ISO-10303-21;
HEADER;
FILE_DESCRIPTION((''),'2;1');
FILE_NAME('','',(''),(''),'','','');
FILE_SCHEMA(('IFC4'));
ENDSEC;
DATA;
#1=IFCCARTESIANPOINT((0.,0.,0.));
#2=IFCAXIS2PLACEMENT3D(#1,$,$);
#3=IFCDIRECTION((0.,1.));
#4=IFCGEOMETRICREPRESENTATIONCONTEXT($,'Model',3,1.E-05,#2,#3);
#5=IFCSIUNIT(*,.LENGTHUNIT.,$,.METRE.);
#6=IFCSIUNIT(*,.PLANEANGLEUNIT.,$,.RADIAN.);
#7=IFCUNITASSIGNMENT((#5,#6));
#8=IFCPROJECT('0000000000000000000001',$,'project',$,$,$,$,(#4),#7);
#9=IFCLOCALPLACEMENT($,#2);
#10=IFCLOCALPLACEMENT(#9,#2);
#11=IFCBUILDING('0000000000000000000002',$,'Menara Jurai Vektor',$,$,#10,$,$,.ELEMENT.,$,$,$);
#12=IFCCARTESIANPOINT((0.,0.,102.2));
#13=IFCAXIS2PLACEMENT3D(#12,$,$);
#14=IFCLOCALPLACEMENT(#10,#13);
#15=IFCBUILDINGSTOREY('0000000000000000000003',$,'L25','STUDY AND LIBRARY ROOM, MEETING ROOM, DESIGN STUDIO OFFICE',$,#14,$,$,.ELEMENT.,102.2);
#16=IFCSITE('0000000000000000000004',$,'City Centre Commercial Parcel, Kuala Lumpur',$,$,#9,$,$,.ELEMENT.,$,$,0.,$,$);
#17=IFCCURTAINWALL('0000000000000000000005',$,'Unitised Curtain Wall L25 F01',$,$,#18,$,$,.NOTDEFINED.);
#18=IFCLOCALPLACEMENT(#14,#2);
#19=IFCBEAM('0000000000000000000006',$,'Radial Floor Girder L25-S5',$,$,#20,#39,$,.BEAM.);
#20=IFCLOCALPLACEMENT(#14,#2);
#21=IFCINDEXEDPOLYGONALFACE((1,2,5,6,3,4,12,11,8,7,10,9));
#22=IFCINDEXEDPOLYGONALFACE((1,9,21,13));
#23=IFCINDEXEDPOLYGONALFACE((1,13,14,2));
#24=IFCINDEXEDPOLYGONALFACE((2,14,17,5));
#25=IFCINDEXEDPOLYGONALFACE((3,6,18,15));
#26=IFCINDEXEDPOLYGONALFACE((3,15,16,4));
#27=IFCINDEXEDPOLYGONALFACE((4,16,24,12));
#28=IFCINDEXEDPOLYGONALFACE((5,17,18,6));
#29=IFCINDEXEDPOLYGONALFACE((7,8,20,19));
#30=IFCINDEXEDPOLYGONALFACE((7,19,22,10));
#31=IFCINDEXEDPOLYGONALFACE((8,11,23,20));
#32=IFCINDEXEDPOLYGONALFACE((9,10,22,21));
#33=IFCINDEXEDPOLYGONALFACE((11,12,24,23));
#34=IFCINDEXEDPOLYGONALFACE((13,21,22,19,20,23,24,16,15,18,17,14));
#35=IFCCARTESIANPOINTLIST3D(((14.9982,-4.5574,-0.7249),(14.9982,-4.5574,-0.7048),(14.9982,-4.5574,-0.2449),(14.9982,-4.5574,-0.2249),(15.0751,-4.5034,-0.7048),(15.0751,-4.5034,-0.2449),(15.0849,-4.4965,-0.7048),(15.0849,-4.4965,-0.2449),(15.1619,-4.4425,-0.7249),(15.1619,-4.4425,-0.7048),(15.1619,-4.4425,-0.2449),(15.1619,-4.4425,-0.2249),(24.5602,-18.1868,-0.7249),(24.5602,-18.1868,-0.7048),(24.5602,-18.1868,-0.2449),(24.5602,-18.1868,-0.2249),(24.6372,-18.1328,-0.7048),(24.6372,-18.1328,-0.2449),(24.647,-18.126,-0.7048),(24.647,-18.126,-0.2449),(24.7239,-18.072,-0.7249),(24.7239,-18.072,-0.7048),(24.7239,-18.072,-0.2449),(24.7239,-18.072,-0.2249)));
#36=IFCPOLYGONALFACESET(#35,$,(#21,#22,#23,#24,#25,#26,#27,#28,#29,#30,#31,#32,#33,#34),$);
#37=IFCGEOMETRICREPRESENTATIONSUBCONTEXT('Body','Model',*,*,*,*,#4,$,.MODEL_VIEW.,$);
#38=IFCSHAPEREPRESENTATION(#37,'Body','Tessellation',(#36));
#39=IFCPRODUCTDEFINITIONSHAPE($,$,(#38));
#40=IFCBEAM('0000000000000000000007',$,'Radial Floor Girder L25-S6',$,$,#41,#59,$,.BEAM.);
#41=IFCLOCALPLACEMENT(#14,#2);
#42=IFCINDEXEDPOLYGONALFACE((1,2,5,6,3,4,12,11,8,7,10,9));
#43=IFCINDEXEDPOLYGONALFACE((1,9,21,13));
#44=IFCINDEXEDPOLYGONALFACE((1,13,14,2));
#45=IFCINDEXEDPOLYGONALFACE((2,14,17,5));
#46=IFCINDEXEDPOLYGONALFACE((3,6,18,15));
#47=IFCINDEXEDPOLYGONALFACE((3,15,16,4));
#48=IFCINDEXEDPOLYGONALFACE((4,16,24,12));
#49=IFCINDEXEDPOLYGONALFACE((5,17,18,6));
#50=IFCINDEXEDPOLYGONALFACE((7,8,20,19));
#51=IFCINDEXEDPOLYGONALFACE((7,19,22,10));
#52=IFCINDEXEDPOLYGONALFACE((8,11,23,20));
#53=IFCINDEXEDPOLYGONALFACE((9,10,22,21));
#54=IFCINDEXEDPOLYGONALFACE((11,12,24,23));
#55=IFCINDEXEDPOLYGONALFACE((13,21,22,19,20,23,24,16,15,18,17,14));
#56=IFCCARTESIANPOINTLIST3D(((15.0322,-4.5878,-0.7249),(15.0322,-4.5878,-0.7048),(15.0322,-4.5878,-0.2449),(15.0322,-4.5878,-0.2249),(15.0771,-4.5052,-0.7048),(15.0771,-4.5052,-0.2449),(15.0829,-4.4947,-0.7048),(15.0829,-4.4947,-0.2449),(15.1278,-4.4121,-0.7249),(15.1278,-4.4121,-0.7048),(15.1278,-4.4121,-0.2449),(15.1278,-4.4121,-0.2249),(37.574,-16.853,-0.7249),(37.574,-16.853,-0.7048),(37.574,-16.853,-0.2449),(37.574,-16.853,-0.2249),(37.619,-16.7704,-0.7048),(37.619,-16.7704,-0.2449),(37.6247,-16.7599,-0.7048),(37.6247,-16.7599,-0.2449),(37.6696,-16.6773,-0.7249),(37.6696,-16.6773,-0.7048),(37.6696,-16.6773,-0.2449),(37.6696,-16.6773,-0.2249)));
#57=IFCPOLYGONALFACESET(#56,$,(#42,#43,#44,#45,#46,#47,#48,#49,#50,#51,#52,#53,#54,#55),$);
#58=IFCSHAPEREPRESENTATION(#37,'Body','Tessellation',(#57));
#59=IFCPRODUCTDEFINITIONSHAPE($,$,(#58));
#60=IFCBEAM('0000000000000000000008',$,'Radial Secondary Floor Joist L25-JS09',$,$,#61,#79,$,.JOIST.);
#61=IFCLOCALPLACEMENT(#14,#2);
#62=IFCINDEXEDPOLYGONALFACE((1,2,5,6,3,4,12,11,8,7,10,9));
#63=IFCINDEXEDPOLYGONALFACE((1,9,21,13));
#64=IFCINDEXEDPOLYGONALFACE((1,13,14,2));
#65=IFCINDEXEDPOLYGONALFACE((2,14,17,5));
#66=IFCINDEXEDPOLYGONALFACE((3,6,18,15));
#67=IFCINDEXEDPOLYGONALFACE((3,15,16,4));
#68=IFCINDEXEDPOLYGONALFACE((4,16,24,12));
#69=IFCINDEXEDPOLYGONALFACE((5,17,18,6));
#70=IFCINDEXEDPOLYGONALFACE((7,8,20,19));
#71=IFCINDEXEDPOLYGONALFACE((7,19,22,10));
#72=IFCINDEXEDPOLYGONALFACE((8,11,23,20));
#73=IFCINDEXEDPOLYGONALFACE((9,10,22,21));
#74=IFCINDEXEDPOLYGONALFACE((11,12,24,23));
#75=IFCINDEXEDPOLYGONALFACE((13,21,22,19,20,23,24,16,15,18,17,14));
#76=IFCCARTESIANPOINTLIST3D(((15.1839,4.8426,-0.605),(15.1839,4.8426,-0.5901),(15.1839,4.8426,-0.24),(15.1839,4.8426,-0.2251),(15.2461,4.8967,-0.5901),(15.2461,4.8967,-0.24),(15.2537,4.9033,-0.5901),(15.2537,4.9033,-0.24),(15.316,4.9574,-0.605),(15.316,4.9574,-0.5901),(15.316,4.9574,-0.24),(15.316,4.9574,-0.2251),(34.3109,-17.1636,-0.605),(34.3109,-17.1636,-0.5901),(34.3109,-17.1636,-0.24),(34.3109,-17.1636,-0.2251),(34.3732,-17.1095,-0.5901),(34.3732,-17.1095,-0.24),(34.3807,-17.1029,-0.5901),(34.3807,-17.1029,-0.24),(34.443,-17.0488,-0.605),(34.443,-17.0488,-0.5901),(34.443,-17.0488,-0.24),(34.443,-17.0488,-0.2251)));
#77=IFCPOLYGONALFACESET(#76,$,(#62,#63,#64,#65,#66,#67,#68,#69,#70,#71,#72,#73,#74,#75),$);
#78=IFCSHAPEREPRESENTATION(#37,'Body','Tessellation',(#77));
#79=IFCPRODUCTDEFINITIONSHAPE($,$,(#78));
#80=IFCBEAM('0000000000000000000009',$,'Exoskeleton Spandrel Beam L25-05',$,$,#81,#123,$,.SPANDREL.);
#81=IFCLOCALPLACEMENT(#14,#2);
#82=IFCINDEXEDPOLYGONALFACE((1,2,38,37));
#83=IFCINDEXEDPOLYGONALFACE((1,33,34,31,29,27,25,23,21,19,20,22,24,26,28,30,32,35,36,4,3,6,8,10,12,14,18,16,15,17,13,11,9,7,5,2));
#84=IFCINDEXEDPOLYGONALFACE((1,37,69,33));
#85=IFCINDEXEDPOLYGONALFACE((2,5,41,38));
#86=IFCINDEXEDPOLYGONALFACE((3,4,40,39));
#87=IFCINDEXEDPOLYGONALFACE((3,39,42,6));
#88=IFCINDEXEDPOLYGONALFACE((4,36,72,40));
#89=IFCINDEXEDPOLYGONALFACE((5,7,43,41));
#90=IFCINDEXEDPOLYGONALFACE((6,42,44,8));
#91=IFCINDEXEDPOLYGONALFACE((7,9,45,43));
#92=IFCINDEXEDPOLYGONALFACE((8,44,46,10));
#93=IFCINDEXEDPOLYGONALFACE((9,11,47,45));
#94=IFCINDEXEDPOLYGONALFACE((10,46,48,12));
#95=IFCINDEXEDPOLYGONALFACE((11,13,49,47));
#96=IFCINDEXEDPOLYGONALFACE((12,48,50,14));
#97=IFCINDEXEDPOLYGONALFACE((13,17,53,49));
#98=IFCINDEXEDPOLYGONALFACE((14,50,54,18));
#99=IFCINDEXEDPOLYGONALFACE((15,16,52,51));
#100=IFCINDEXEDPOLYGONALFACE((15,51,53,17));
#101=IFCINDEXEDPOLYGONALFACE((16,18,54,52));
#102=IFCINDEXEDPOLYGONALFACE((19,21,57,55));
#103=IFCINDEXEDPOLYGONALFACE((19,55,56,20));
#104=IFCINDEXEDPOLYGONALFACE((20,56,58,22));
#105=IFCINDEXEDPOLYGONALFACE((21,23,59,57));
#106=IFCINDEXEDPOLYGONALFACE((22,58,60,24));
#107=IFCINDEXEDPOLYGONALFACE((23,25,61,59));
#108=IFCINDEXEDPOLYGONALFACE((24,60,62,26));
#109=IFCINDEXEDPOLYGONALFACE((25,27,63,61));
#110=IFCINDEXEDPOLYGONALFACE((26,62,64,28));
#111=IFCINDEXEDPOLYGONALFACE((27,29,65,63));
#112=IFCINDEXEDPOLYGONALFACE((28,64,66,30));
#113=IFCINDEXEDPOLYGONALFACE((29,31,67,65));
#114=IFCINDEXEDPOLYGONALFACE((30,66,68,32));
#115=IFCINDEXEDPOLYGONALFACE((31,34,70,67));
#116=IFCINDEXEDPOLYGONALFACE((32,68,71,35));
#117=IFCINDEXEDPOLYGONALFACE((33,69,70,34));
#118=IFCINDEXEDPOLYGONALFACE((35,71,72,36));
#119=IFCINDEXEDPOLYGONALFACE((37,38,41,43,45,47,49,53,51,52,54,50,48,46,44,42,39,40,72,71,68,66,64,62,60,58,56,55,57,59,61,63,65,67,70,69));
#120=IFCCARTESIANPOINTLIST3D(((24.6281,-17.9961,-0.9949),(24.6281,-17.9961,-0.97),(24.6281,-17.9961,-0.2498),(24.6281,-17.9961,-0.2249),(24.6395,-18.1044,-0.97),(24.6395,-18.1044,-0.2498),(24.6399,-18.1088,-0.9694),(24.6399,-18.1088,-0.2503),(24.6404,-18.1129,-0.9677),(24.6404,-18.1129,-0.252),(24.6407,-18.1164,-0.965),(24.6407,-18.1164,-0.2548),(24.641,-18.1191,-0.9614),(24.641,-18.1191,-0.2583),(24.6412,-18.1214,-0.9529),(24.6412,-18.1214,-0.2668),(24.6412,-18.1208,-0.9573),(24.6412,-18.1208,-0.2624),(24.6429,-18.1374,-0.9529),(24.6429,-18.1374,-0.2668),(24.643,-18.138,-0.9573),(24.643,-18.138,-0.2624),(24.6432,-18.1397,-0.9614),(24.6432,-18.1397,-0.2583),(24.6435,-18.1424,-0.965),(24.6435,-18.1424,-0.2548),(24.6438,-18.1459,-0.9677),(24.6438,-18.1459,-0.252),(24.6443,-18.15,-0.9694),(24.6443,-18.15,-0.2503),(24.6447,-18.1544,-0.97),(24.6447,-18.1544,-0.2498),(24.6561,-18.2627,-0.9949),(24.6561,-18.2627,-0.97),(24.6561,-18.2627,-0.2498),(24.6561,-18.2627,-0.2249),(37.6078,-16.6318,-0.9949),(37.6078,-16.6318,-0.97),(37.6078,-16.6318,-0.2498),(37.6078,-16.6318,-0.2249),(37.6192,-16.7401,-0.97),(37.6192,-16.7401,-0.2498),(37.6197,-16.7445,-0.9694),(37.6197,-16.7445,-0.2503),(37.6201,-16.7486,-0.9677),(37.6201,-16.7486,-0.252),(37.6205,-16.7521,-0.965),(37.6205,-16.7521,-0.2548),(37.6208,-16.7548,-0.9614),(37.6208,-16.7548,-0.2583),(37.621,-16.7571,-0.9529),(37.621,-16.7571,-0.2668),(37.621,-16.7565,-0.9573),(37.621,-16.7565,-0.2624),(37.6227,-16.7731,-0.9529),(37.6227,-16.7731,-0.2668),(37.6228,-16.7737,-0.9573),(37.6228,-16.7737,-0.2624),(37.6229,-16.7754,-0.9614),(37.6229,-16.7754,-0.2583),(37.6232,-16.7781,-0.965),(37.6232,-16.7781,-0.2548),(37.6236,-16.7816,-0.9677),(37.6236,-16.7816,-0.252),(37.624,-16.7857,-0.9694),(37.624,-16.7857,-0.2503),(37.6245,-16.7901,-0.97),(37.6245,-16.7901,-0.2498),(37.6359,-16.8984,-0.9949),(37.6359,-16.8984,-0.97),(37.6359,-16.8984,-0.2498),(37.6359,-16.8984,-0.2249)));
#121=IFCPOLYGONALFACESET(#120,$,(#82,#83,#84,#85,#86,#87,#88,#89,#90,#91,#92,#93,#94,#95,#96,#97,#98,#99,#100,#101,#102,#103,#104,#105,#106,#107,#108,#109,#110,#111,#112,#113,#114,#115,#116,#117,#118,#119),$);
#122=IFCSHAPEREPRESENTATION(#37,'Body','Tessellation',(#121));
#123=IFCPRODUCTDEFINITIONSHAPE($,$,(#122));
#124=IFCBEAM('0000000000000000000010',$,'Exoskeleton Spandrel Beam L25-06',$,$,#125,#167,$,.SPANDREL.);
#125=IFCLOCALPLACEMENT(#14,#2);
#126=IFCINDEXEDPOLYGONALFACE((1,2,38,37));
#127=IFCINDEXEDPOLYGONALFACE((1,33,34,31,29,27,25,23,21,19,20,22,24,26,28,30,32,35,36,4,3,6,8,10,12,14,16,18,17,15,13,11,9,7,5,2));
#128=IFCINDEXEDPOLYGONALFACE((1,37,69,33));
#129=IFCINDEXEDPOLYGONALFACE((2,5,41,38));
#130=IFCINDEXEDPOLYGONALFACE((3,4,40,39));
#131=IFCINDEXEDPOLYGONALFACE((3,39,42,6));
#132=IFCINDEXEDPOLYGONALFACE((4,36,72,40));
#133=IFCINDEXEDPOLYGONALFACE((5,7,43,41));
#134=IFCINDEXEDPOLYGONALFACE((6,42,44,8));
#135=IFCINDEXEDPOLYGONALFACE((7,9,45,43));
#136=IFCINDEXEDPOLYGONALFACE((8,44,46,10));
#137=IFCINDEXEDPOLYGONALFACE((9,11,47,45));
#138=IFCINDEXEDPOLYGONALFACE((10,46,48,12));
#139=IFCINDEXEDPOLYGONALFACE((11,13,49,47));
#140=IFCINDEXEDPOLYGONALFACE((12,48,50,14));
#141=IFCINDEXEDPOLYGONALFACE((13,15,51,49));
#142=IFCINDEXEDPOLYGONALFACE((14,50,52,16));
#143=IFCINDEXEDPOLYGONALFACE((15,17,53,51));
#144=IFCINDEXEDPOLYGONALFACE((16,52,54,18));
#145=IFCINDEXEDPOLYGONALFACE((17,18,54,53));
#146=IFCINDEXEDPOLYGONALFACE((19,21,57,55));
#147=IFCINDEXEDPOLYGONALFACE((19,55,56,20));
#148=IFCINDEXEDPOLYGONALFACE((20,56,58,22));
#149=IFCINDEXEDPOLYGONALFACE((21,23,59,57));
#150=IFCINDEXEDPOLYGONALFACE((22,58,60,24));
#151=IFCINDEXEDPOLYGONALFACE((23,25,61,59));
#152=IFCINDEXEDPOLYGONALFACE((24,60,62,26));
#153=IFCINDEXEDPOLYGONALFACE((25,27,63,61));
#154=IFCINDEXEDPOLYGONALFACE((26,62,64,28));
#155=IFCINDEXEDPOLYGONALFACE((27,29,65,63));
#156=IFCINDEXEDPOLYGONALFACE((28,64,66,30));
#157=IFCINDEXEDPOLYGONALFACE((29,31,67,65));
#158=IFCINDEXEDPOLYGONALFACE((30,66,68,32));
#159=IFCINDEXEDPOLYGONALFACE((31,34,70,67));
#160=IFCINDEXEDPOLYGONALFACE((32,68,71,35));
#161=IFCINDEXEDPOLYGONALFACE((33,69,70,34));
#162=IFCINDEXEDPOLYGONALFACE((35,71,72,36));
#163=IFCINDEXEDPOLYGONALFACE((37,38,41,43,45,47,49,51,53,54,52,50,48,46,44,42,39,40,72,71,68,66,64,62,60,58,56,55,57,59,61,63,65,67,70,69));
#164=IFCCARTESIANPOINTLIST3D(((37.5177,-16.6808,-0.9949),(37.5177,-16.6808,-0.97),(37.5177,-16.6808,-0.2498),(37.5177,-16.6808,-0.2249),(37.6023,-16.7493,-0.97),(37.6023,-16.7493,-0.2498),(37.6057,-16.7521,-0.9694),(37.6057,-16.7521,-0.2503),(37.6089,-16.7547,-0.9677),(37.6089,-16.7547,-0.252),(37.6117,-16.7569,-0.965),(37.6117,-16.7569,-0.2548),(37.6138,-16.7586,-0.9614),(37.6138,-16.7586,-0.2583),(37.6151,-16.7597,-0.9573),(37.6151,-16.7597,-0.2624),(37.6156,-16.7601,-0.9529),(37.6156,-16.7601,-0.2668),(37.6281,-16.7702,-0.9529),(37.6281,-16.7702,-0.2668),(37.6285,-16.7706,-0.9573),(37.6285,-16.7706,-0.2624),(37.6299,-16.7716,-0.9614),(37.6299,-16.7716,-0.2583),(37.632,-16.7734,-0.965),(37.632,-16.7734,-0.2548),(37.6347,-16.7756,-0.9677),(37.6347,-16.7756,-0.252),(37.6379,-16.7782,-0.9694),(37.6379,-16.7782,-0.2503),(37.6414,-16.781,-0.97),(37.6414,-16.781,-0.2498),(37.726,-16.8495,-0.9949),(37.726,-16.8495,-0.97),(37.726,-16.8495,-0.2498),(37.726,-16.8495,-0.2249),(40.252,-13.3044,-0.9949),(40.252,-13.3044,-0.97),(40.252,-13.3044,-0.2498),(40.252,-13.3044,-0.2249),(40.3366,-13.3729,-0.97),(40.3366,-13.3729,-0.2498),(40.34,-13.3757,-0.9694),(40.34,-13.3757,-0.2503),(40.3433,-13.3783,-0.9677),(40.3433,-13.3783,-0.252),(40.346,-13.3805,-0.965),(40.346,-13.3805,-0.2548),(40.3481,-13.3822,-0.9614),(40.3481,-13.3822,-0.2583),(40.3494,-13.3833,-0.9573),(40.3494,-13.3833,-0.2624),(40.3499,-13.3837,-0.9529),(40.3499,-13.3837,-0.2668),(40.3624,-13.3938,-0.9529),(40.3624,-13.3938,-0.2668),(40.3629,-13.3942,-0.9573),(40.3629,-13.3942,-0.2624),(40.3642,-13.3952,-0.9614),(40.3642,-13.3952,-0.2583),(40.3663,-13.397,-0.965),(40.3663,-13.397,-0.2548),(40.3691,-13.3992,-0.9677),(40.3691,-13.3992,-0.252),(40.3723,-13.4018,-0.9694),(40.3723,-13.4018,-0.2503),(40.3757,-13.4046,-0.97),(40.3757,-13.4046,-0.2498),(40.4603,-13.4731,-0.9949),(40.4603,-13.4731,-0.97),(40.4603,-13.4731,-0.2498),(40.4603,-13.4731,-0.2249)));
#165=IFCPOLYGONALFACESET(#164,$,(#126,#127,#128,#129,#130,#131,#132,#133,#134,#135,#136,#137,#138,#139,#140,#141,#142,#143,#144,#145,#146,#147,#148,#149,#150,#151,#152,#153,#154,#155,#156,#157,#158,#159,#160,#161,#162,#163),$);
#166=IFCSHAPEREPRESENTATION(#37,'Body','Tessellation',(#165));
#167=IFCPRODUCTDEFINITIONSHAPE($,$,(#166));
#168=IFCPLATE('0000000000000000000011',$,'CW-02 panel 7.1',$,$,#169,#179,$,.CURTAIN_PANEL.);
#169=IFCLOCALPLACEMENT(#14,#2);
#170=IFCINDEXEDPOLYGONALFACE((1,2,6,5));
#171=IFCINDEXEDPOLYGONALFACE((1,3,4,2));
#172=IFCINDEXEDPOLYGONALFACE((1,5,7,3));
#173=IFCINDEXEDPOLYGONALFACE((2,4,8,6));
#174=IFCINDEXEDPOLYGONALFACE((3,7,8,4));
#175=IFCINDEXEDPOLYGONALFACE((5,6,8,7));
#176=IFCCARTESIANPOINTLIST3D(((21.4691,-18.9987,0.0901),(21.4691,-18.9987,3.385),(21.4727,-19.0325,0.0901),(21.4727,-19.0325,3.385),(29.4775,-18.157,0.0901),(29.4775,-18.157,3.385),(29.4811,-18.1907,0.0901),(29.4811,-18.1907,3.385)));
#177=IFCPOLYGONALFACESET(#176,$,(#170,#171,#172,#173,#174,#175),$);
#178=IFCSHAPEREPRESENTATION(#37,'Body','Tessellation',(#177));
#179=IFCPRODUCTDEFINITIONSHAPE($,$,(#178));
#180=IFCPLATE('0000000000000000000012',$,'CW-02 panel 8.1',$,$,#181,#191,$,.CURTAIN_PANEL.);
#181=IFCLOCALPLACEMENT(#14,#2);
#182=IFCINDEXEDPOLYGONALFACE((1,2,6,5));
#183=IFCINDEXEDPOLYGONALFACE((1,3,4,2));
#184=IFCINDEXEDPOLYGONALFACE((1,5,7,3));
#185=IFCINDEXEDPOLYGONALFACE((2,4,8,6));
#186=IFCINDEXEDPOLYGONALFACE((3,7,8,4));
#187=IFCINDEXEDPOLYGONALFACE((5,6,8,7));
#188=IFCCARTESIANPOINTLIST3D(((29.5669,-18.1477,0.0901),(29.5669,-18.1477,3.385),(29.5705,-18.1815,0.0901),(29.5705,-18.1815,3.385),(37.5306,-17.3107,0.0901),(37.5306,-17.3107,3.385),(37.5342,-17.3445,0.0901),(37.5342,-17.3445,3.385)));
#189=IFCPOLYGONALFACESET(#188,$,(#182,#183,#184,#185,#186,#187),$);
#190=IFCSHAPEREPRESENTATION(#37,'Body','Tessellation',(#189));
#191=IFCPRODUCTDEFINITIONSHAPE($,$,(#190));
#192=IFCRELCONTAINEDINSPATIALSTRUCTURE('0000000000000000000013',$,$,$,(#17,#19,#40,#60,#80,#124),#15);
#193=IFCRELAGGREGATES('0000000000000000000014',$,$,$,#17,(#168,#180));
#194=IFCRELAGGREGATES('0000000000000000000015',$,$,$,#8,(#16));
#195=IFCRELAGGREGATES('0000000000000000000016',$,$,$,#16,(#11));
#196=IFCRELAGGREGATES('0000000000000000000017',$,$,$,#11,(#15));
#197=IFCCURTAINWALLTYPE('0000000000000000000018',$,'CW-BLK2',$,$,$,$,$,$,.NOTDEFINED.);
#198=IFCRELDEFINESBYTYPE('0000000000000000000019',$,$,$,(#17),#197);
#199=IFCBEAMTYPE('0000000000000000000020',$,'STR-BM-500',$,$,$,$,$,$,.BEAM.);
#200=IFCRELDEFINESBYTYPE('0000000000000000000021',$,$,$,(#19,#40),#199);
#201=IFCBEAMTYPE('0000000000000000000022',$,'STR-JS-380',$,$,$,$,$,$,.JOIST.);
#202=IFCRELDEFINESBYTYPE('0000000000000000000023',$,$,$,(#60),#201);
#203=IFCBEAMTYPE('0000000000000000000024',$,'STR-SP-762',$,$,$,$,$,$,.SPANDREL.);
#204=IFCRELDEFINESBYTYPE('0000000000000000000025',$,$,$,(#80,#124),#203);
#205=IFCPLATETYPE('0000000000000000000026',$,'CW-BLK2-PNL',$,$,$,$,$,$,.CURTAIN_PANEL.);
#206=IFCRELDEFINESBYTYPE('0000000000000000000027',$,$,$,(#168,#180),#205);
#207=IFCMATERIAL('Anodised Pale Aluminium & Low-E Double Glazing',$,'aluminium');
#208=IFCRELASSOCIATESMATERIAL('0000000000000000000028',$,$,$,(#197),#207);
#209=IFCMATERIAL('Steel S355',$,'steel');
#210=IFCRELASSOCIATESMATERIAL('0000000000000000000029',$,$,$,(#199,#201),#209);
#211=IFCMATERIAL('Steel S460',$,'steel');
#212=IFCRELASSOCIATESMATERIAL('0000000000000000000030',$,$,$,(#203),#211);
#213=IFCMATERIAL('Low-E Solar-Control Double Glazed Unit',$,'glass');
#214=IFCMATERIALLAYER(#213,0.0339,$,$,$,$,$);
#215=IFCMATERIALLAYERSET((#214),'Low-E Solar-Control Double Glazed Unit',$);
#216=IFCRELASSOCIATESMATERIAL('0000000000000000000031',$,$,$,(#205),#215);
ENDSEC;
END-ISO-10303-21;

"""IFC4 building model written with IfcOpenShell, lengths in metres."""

from ifc_helpers import new_model, si_unit, direction, frame, origin, origin_2d, place, context, subcontext, project, spatial, rectangle, i_section, extrude, material, layer, layer_set, material_profile, profile_set, type_object, element, aggregate, save


model = new_model("IFC4")

# Units and contexts
model_context = context("Model", 3, precision=1e-05, world=origin(), true_north=direction((0.0, 1.0)))
body_context = subcontext(model_context, "Body", "Model", "MODEL_VIEW")
ifc_project = project(units=[si_unit("LENGTHUNIT", "METRE"), si_unit("PLANEANGLEUNIT", "RADIAN")], contexts=[model_context])

# Site, building, storey
site_placement = place(None, origin())
site = spatial("IfcSite", under=ifc_project, at=site_placement, Name="City Centre Commercial Parcel, Kuala Lumpur", CompositionType="ELEMENT", RefElevation=0.0)
building_placement = place(site_placement, origin())
building = spatial("IfcBuilding", under=site, at=building_placement, Name="Menara Jurai Vektor", CompositionType="ELEMENT")
storey_placement = place(building_placement, frame((0.0, 0.0, 102.2)))
storey = spatial("IfcBuildingStorey", under=building, at=storey_placement, Name="L25", Description="STUDY AND LIBRARY ROOM, MEETING ROOM, DESIGN STUDIO OFFICE", CompositionType="ELEMENT", Elevation=102.2)

# Shared definitions
ifc_material_1 = material(Name="Steel S460", Category="steel")

# Curtain wall
ifc_material_2 = material(Name="Anodised Pale Aluminium & Low-E Double Glazing", Category="aluminium")
curtain_wall_type = type_object("IfcCurtainWallType", Name="CW-BLK2", PredefinedType="NOTDEFINED", material=ifc_material_2)
curtain_wall_placement = place(storey_placement, origin())
curtain_wall = element("IfcCurtainWall", 1, at=curtain_wall_placement, inside=storey, type_object=curtain_wall_type, Name="Unitised Curtain Wall L25 F01", PredefinedType="NOTDEFINED")

# Beams
ifc_material_3 = material(Name="Steel S355", Category="steel")
ifc_material_profile_1 = material_profile(ifc_material_3, i_section(OverallWidth=0.2, OverallDepth=0.5, WebThickness=0.012, FlangeThickness=0.02, at=origin_2d()), Name="PG 500x200x96")
ifc_profile_set_1 = profile_set([ifc_material_profile_1], Name="Steel S355")
beam_type_1 = type_object("IfcBeamType", Name="STR-BM-500", PredefinedType="BEAM", material=ifc_profile_set_1)
beam_1_placement = place(storey_placement, frame((24.6421, -18.1294, -0.4749), z_axis=(-0.574326, 0.818627, 0.0), x_axis=(-0.818627, -0.574326, 0.0)))
element("IfcBeam", 2, at=beam_1_placement, inside=storey, type_object=beam_type_1, Name="Radial Floor Girder L25-S5", PredefinedType="BEAM", context=body_context, shape_type="SweptSolid", body=[
    extrude(i_section(OverallWidth=0.2, OverallDepth=0.5, WebThickness=0.012, FlangeThickness=0.02, at=origin_2d()), origin(), (0.0, 0.0, 1.0), 16.6492),
])
beam_2_placement = place(storey_placement, frame((37.6218, -16.7651, -0.4749), z_axis=(-0.878392, 0.47794, 0.0), x_axis=(-0.47794, -0.878392, 0.0)))
element("IfcBeam", 3, at=beam_2_placement, inside=storey, type_object=beam_type_1, Name="Radial Floor Girder L25-S6", PredefinedType="BEAM", context=body_context, shape_type="SweptSolid", body=[
    extrude(i_section(OverallWidth=0.2, OverallDepth=0.5, WebThickness=0.012, FlangeThickness=0.02, at=origin_2d()), origin(), (0.0, 0.0, 1.0), 25.6626),
])
ifc_material_profile_2 = material_profile(ifc_material_3, i_section(OverallWidth=0.175, OverallDepth=0.3799, WebThickness=0.01, FlangeThickness=0.0149, at=origin_2d()), Name="PG 380x175x58")
ifc_profile_set_2 = profile_set([ifc_material_profile_2], Name="Steel S355")
beam_type_2 = type_object("IfcBeamType", Name="STR-JS-380", PredefinedType="JOIST", material=ifc_profile_set_2)
beam_3_placement = place(storey_placement, frame((34.377, -17.1062, -0.415), z_axis=(-0.656007, 0.754755, 0.0), x_axis=(-0.754755, -0.656007, 0.0)))
element("IfcBeam", 4, at=beam_3_placement, inside=storey, type_object=beam_type_2, Name="Radial Secondary Floor Joist L25-JS09", PredefinedType="JOIST", context=body_context, shape_type="SweptSolid", body=[
    extrude(i_section(OverallWidth=0.175, OverallDepth=0.3799, WebThickness=0.01, FlangeThickness=0.0149, at=origin_2d()), origin(), (0.0, 0.0, 1.0), 29.1567),
])
ifc_material_profile_3 = material_profile(ifc_material_1, i_section(OverallWidth=0.2681, OverallDepth=0.77, WebThickness=0.0161, FlangeThickness=0.0249, FilletRadius=0.0171, at=origin_2d()), Name="UKB 762x267x197")
ifc_profile_set_3 = profile_set([ifc_material_profile_3], Name="Steel S460")
beam_type_3 = type_object("IfcBeamType", Name="STR-SP-762", PredefinedType="SPANDREL", material=ifc_profile_set_3)
beam_4_placement = place(storey_placement, frame((24.6421, -18.1294, -0.6099), z_axis=(0.994522, 0.104531, 0.0), x_axis=(-0.104531, 0.994522, 0.0)))
element("IfcBeam", 5, at=beam_4_placement, inside=storey, type_object=beam_type_3, Name="Exoskeleton Spandrel Beam L25-05", PredefinedType="SPANDREL", context=body_context, shape_type="SweptSolid", body=[
    extrude(i_section(OverallWidth=0.2681, OverallDepth=0.77, WebThickness=0.0161, FlangeThickness=0.0249, FilletRadius=0.0171, at=origin_2d()), origin(), (0.0, 0.0, 1.0), 13.0513),
])
beam_5_placement = place(storey_placement, frame((37.6218, -16.7651, -0.6099), z_axis=(0.629344, 0.777127, 0.0), x_axis=(-0.777127, 0.629344, 0.0)))
element("IfcBeam", 6, at=beam_5_placement, inside=storey, type_object=beam_type_3, Name="Exoskeleton Spandrel Beam L25-06", PredefinedType="SPANDREL", context=body_context, shape_type="SweptSolid", body=[
    extrude(i_section(OverallWidth=0.2681, OverallDepth=0.77, WebThickness=0.0161, FlangeThickness=0.0249, FilletRadius=0.0171, at=origin_2d()), origin(), (0.0, 0.0, 1.0), 4.3447),
])

# Plates
ifc_material_4 = material(Name="Low-E Solar-Control Double Glazed Unit", Category="glass")
ifc_layer_1 = layer(ifc_material_4, 0.0339)
ifc_layer_set_1 = layer_set([ifc_layer_1], Name="Low-E Solar-Control Double Glazed Unit")
plate_type_1 = type_object("IfcPlateType", Name="CW-BLK2-PNL", PredefinedType="CURTAIN_PANEL", material=ifc_layer_set_1)
plate_1_placement = place(storey_placement, frame((25.4751, -18.5947, 0.0901), z_axis=(0.0, 0.0, 1.0), x_axis=(0.994522, 0.104529, 0.0)))
plate_1 = element("IfcPlate", 7, at=plate_1_placement, type_object=plate_type_1, Name="CW-02 panel 7.1", PredefinedType="CURTAIN_PANEL", context=body_context, shape_type="SweptSolid", body=[
    extrude(rectangle(XDim=8.0525, YDim=0.0339, at=origin_2d()), origin(), (0.0, 0.0, 1.0), 3.2949),
])
plate_2_placement = place(storey_placement, frame((33.5505, -17.7461, 0.0901), z_axis=(0.0, 0.0, 1.0), x_axis=(0.994522, 0.104529, 0.0)))
plate_2 = element("IfcPlate", 8, at=plate_2_placement, type_object=plate_type_1, Name="CW-02 panel 8.1", PredefinedType="CURTAIN_PANEL", context=body_context, shape_type="SweptSolid", body=[
    extrude(rectangle(XDim=8.0076, YDim=0.0339, at=origin_2d()), origin(), (0.0, 0.0, 1.0), 3.2949),
])
aggregate(curtain_wall, [plate_1, plate_2])

save(model, "model.ifc")
